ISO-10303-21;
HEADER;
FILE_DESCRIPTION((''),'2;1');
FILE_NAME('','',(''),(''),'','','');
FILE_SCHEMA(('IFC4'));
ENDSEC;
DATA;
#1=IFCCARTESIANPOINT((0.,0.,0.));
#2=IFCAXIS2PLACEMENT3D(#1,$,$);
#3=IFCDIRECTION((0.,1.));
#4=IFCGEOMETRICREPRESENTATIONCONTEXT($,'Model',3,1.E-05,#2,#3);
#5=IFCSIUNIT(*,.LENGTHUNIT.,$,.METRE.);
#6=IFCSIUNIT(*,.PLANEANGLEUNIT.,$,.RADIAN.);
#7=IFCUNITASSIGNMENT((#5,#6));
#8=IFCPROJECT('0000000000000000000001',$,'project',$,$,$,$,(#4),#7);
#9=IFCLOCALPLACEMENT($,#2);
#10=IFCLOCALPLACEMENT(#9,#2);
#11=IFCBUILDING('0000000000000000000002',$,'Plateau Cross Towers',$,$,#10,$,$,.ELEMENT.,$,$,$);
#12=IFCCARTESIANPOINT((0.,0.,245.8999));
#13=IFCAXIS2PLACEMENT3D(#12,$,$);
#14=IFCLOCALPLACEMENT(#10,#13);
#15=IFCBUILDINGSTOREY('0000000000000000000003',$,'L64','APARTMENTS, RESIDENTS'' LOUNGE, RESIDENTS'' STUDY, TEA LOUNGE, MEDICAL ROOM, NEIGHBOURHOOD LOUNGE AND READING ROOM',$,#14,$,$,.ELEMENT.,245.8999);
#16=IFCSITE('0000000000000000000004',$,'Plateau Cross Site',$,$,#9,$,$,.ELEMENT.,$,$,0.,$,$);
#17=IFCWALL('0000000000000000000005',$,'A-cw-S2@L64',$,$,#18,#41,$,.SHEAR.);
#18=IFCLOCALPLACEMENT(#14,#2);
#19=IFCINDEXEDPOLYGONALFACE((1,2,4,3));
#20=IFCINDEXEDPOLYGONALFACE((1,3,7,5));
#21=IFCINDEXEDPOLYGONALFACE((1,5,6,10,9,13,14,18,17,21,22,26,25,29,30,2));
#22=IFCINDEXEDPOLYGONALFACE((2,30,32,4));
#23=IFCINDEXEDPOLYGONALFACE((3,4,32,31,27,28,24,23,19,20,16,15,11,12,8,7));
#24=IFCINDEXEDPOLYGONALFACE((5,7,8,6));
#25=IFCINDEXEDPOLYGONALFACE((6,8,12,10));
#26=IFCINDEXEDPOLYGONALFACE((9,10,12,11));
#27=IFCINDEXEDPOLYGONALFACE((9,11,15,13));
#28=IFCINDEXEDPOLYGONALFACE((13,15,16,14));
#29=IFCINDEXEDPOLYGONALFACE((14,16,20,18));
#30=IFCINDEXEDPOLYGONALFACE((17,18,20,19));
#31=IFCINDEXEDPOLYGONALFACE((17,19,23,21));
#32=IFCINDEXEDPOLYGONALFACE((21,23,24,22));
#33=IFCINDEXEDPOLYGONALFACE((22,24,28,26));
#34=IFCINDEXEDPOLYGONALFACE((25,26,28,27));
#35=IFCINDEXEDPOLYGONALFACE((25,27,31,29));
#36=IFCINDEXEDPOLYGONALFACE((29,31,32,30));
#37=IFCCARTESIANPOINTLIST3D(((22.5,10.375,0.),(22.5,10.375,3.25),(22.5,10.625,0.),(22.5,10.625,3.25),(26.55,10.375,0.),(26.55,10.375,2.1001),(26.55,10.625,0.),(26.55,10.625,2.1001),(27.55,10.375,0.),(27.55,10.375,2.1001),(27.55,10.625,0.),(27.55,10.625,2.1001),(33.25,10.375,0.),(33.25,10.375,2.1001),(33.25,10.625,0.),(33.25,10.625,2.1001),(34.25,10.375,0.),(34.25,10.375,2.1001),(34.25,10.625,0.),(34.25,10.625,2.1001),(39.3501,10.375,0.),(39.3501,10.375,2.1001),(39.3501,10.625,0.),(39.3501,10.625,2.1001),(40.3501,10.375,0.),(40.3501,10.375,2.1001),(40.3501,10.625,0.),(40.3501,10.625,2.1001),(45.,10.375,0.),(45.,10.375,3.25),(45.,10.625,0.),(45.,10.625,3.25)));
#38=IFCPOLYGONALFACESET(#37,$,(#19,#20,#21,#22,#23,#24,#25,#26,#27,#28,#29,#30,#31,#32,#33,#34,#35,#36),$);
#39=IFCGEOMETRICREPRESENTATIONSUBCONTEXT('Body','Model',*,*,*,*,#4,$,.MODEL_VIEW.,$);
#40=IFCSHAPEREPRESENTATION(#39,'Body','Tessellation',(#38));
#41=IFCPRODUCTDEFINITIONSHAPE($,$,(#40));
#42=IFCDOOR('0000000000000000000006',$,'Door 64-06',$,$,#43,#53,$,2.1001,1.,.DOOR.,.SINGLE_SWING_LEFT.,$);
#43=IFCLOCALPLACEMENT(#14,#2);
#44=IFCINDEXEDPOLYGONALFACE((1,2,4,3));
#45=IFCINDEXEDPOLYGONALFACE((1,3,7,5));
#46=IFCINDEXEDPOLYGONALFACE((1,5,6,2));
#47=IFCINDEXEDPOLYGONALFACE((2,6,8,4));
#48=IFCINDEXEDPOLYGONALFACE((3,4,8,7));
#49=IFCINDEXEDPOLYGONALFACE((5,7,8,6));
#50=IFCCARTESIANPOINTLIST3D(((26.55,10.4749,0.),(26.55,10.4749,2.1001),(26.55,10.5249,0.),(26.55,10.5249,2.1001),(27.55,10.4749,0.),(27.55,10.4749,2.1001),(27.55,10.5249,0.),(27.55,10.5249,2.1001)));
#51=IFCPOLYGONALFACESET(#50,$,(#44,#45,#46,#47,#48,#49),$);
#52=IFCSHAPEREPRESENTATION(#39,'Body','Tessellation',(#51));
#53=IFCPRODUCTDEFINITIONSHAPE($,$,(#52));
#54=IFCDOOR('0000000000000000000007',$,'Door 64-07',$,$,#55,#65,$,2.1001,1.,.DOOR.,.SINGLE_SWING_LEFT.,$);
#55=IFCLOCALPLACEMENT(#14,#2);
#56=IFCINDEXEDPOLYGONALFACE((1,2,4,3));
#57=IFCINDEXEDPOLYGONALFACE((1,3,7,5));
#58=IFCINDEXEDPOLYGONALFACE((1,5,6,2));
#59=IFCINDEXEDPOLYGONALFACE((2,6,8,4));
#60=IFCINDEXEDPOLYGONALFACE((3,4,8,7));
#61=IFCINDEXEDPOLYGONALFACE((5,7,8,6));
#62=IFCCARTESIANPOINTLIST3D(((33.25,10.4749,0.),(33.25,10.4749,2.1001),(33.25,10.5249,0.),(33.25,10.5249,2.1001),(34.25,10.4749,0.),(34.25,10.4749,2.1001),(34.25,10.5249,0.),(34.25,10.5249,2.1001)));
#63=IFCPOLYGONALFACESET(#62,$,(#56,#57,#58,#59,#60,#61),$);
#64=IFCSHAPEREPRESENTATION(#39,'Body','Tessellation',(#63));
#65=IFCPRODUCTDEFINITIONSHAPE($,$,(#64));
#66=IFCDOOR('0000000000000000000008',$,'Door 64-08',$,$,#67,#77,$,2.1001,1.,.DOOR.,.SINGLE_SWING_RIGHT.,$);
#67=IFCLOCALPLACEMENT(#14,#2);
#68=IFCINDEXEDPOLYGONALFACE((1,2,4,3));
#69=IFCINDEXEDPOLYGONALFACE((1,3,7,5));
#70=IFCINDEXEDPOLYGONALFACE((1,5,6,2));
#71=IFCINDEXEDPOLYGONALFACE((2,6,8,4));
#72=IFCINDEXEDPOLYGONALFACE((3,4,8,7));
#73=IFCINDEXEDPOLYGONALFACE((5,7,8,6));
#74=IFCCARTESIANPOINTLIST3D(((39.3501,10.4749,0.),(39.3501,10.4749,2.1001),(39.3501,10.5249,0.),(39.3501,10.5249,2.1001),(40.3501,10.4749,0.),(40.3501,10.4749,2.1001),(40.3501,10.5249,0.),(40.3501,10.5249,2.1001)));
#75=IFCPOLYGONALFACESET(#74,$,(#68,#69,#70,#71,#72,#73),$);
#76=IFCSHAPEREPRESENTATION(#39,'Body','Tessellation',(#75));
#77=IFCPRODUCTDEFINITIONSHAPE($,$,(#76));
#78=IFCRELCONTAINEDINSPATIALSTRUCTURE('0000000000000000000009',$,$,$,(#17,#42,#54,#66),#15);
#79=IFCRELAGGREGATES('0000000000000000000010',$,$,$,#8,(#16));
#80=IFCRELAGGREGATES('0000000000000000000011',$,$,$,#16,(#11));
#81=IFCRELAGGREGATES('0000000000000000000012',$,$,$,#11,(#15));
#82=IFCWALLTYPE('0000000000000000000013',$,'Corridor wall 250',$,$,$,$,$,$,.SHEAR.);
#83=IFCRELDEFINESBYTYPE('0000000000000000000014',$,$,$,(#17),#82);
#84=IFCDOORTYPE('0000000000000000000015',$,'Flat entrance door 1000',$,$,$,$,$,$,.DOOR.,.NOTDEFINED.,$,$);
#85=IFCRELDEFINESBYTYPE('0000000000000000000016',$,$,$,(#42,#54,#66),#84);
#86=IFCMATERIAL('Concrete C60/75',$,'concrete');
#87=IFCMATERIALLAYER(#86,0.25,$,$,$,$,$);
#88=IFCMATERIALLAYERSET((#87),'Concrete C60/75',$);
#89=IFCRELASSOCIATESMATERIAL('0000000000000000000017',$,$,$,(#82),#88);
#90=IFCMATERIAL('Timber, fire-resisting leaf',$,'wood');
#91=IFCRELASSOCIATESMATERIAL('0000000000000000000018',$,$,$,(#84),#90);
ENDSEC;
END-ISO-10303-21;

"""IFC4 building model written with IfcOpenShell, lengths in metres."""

from ifc_helpers import new_model, si_unit, direction, frame, frame_2d, origin, place, context, subcontext, project, spatial, rectangle, extrude, material, layer, layer_set, type_object, element, fill, save


model = new_model("IFC4")

# Units and contexts
model_context = context("Model", 3, precision=1e-05, world=origin(), true_north=direction((0.0, 1.0)))
body_context = subcontext(model_context, "Body", "Model", "MODEL_VIEW")
ifc_project = project(units=[si_unit("LENGTHUNIT", "METRE"), si_unit("PLANEANGLEUNIT", "RADIAN")], contexts=[model_context])

# Site, building, storey
site_placement = place(None, origin())
site = spatial("IfcSite", under=ifc_project, at=site_placement, Name="Plateau Cross Site", CompositionType="ELEMENT", RefElevation=0.0)
building_placement = place(site_placement, origin())
building = spatial("IfcBuilding", under=site, at=building_placement, Name="Plateau Cross Towers", CompositionType="ELEMENT")
storey_placement = place(building_placement, frame((0.0, 0.0, 245.8999)))
storey = spatial("IfcBuildingStorey", under=building, at=storey_placement, Name="L64", Description="APARTMENTS, RESIDENTS' LOUNGE, RESIDENTS' STUDY, TEA LOUNGE, MEDICAL ROOM, NEIGHBOURHOOD LOUNGE AND READING ROOM", CompositionType="ELEMENT", Elevation=245.8999)

# Shared definitions
ifc_material_1 = material(Name="Concrete C60/75", Category="concrete")

# Wall, openings, doors
ifc_layer_1 = layer(ifc_material_1, 0.25)
ifc_layer_set_1 = layer_set([ifc_layer_1], Name="Concrete C60/75")
wall_type_1 = type_object("IfcWallType", Name="Corridor wall 250", PredefinedType="SHEAR", material=ifc_layer_set_1)
ifc_material_2 = material(Name="Timber, fire-resisting leaf", Category="wood")
door_type_1 = type_object("IfcDoorType", Name="Flat entrance door 1000", OperationType="NOTDEFINED", PredefinedType="DOOR", material=ifc_material_2)
wall_1_placement = place(storey_placement, frame((22.5, 10.5, 0.0), z_axis=(0.0, 0.0, 1.0), x_axis=(1.0, 0.0, 0.0)))
wall_1 = element("IfcWall", 1, at=wall_1_placement, inside=storey, type_object=wall_type_1, Name="A-cw-S2@L64", PredefinedType="SHEAR", context=body_context, shape_type="SweptSolid", body=[
    extrude(rectangle(XDim=22.5, YDim=0.25, at=frame_2d((11.25, 0.0))), origin(), (0.0, 0.0, 1.0), 3.25),
])
opening_1_placement = place(wall_1_placement, frame((4.05, 0.0, 0.0)))
opening_1 = element("IfcOpeningElement", 2, at=opening_1_placement, cuts=wall_1, PredefinedType="OPENING", context=body_context, shape_type="SweptSolid", body=[
    extrude(rectangle(XDim=1.0, YDim=2.1001, at=frame_2d((0.5, 1.05))), frame((0.0, 0.135, 0.0), z_axis=(0.0, -1.0, 0.0), x_axis=(1.0, 0.0, 0.0)), (0.0, 0.0, 1.0), 0.27),
])
opening_2_placement = place(wall_1_placement, frame((10.75, 0.0, 0.0)))
opening_2 = element("IfcOpeningElement", 3, at=opening_2_placement, cuts=wall_1, PredefinedType="OPENING", context=body_context, shape_type="SweptSolid", body=[
    extrude(rectangle(XDim=1.0, YDim=2.1001, at=frame_2d((0.5, 1.05))), frame((0.0, 0.135, 0.0), z_axis=(0.0, -1.0, 0.0), x_axis=(1.0, 0.0, 0.0)), (0.0, 0.0, 1.0), 0.27),
])
opening_3_placement = place(wall_1_placement, frame((16.8501, 0.0, 0.0)))
opening_3 = element("IfcOpeningElement", 4, at=opening_3_placement, cuts=wall_1, PredefinedType="OPENING", context=body_context, shape_type="SweptSolid", body=[
    extrude(rectangle(XDim=1.0, YDim=2.1001, at=frame_2d((0.5, 1.05))), frame((0.0, 0.135, 0.0), z_axis=(0.0, -1.0, 0.0), x_axis=(1.0, 0.0, 0.0)), (0.0, 0.0, 1.0), 0.27),
])
door_1_placement = place(opening_1_placement, origin())
door_1 = element("IfcDoor", 5, at=door_1_placement, inside=storey, type_object=door_type_1, Name="Door 64-06", OperationType="SINGLE_SWING_LEFT", OverallHeight=2.1001, OverallWidth=1.0, PredefinedType="DOOR", context=body_context, shape_type="SweptSolid", body=[
    extrude(rectangle(XDim=1.0, YDim=2.1001, at=frame_2d((0.5, 1.05))), frame((0.0, 0.0249, 0.0), z_axis=(0.0, -1.0, 0.0), x_axis=(1.0, 0.0, 0.0)), (0.0, 0.0, 1.0), 0.05),
])
fill(opening_1, door_1)
door_2_placement = place(opening_2_placement, origin())
door_2 = element("IfcDoor", 6, at=door_2_placement, inside=storey, type_object=door_type_1, Name="Door 64-07", OperationType="SINGLE_SWING_LEFT", OverallHeight=2.1001, OverallWidth=1.0, PredefinedType="DOOR", context=body_context, shape_type="SweptSolid", body=[
    extrude(rectangle(XDim=1.0, YDim=2.1001, at=frame_2d((0.5, 1.05))), frame((0.0, 0.0249, 0.0), z_axis=(0.0, -1.0, 0.0), x_axis=(1.0, 0.0, 0.0)), (0.0, 0.0, 1.0), 0.05),
])
fill(opening_2, door_2)
door_3_placement = place(opening_3_placement, origin())
door_3 = element("IfcDoor", 7, at=door_3_placement, inside=storey, type_object=door_type_1, Name="Door 64-08", OperationType="SINGLE_SWING_RIGHT", OverallHeight=2.1001, OverallWidth=1.0, PredefinedType="DOOR", context=body_context, shape_type="SweptSolid", body=[
    extrude(rectangle(XDim=1.0, YDim=2.1001, at=frame_2d((0.5, 1.05))), frame((0.0, 0.0249, 0.0), z_axis=(0.0, -1.0, 0.0), x_axis=(1.0, 0.0, 0.0)), (0.0, 0.0, 1.0), 0.05),
])
fill(opening_3, door_3)

save(model, "model.ifc")
